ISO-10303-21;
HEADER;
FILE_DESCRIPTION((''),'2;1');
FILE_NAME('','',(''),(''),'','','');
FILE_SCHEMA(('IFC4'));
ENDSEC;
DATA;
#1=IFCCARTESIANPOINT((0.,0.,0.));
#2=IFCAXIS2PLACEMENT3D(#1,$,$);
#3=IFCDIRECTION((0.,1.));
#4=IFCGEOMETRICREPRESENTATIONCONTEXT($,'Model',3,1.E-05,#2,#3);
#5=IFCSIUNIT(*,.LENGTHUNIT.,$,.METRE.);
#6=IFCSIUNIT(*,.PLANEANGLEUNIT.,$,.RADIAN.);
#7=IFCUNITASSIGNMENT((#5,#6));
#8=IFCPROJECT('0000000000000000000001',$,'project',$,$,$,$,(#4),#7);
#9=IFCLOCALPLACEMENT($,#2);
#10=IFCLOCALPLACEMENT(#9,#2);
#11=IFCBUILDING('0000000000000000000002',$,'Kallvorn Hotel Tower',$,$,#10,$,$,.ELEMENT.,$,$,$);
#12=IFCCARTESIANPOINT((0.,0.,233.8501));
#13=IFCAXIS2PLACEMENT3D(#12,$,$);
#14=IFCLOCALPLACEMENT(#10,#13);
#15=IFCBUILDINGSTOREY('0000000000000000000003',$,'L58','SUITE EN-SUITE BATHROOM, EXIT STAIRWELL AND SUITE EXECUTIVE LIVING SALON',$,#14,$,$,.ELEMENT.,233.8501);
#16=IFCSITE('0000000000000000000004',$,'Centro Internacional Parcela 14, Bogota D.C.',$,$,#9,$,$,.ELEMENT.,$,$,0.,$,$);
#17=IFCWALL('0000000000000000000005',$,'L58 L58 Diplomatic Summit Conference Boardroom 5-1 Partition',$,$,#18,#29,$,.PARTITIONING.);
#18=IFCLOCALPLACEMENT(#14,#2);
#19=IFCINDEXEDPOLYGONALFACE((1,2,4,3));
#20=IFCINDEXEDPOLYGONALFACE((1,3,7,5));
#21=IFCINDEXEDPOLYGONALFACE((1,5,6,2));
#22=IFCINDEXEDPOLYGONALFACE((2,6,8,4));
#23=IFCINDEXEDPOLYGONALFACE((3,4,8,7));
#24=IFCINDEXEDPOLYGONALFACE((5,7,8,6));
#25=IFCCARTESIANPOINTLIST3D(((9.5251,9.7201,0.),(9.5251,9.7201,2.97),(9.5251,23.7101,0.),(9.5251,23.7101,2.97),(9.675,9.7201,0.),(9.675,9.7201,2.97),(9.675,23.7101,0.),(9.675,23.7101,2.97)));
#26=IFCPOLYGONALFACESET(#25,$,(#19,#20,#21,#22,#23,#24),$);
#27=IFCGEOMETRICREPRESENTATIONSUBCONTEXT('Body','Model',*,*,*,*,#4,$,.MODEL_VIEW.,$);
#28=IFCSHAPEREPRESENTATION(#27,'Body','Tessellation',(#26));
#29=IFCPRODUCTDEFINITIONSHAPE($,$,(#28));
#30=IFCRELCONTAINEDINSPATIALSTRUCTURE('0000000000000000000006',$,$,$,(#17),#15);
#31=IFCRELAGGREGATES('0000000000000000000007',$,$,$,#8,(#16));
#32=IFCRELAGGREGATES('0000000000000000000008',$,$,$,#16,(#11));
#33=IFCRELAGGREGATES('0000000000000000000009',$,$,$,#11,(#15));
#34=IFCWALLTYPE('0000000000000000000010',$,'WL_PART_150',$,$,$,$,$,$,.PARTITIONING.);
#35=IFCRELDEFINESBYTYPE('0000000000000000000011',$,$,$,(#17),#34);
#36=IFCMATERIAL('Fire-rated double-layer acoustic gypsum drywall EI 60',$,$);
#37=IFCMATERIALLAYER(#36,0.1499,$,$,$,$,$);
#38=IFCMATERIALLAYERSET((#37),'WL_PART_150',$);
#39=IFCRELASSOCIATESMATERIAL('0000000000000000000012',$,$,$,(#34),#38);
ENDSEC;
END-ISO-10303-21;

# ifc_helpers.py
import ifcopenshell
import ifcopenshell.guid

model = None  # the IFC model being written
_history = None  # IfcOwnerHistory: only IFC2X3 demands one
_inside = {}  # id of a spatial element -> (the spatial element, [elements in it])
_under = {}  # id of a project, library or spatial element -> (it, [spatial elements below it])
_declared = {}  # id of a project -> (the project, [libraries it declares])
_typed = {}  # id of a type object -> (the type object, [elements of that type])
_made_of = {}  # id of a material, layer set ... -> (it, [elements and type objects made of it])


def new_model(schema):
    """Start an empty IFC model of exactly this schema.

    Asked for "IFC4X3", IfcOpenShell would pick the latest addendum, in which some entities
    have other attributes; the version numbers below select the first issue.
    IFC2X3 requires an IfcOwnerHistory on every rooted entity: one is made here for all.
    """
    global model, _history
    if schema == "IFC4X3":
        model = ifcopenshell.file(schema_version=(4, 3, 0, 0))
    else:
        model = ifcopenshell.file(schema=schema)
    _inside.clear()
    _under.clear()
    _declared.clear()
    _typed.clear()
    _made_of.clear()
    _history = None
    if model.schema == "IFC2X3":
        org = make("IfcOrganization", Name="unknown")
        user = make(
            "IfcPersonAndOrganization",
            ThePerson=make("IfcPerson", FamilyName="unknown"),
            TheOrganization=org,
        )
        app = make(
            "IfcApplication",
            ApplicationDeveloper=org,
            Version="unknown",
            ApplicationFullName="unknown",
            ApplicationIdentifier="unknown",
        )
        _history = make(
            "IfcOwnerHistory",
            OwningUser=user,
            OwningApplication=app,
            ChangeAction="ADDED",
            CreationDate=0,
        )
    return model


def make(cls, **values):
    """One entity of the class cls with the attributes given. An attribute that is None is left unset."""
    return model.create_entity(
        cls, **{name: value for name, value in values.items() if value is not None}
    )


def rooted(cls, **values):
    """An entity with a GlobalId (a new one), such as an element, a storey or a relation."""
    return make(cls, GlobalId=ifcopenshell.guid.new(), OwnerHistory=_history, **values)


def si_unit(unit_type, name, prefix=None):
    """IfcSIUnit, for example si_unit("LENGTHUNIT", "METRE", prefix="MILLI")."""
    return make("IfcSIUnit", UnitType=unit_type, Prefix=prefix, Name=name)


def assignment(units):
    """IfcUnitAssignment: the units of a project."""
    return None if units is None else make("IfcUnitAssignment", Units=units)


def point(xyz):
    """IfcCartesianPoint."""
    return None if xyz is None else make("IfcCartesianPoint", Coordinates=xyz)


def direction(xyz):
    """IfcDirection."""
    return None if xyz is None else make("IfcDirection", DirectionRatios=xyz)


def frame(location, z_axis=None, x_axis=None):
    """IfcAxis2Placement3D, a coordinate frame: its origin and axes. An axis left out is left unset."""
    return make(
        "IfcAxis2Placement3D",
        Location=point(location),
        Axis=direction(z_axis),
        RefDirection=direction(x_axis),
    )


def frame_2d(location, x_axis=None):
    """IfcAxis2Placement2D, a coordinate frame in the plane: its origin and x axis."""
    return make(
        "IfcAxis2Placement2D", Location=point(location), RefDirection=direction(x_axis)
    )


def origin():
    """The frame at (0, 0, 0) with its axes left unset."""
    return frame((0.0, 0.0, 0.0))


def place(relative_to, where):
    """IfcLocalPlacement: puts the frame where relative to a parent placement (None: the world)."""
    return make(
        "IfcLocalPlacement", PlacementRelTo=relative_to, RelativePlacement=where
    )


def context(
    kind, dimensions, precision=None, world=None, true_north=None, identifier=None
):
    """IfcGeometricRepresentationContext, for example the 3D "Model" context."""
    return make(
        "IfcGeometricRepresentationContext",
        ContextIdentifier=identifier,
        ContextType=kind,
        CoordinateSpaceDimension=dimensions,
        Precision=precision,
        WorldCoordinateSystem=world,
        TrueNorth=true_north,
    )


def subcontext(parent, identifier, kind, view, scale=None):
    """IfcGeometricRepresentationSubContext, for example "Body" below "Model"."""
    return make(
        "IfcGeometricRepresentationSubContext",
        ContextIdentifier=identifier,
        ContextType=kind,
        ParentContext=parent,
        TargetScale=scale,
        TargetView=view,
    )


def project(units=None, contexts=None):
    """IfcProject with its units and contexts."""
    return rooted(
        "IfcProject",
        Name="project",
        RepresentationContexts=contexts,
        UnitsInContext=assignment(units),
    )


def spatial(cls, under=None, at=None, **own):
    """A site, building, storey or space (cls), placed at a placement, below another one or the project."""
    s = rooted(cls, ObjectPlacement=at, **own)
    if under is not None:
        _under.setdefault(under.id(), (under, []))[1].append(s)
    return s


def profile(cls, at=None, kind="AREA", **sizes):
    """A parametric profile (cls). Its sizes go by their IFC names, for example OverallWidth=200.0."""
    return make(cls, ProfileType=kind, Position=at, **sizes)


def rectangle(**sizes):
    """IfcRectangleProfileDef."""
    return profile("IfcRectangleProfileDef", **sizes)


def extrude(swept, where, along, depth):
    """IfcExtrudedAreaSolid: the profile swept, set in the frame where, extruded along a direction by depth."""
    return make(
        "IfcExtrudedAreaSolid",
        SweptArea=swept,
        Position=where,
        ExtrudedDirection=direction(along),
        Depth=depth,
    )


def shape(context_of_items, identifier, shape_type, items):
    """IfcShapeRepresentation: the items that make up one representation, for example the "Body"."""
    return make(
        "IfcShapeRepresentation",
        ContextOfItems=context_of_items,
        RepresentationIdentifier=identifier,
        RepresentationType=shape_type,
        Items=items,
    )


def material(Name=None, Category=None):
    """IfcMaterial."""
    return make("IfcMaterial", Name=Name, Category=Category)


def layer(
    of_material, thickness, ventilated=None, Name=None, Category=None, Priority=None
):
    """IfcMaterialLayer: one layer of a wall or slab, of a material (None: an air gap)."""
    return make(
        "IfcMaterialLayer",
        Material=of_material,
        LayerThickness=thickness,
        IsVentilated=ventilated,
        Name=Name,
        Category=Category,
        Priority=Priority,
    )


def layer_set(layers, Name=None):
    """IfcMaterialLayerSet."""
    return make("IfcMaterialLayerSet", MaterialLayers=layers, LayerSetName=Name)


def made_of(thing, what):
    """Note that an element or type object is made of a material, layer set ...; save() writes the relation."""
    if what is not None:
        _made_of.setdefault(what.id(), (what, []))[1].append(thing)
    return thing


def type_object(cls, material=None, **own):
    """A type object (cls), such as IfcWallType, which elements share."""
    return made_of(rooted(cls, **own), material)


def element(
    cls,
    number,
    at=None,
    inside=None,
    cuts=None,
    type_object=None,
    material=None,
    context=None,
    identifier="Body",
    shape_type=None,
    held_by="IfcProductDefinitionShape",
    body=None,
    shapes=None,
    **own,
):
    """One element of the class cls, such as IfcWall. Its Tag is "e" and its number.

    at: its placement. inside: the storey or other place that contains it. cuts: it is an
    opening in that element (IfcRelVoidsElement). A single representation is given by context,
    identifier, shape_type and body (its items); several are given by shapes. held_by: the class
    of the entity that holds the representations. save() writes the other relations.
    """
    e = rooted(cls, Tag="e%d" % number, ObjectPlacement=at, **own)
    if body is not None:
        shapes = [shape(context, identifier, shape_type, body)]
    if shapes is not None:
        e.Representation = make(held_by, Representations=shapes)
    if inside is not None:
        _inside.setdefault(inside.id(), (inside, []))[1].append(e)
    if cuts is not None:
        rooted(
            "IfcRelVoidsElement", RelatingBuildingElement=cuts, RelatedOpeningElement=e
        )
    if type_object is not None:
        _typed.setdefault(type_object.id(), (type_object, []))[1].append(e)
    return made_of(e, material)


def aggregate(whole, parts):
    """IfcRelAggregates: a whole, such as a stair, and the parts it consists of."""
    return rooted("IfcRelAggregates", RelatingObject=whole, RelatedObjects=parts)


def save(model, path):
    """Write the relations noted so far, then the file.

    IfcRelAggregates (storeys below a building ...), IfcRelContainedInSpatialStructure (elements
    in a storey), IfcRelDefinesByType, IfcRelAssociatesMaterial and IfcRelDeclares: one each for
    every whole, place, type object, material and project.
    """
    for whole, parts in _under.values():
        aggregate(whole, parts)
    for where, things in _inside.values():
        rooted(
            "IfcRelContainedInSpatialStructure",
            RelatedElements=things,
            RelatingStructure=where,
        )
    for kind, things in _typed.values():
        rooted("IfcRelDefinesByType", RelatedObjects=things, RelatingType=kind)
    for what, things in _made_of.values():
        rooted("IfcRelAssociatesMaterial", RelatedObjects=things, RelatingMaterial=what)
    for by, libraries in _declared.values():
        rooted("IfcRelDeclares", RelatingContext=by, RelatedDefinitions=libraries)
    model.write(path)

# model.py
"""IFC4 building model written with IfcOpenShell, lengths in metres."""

from ifc_helpers import new_model, si_unit, direction, frame, frame_2d, origin, place, context, subcontext, project, spatial, rectangle, extrude, material, layer, layer_set, type_object, element, save


model = new_model("IFC4")

# Units and contexts
model_context = context("Model", 3, precision=1e-05, world=origin(), true_north=direction((0.0, 1.0)))
body_context = subcontext(model_context, "Body", "Model", "MODEL_VIEW")
ifc_project = project(units=[si_unit("LENGTHUNIT", "METRE"), si_unit("PLANEANGLEUNIT", "RADIAN")], contexts=[model_context])

# Site, building, storey
site_placement = place(None, origin())
site = spatial("IfcSite", under=ifc_project, at=site_placement, Name="Centro Internacional Parcela 14, Bogota D.C.", CompositionType="ELEMENT", RefElevation=0.0)
building_placement = place(site_placement, origin())
building = spatial("IfcBuilding", under=site, at=building_placement, Name="Kallvorn Hotel Tower", CompositionType="ELEMENT")
storey_placement = place(building_placement, frame((0.0, 0.0, 233.8501)))
storey = spatial("IfcBuildingStorey", under=building, at=storey_placement, Name="L58", Description="SUITE EN-SUITE BATHROOM, EXIT STAIRWELL AND SUITE EXECUTIVE LIVING SALON", CompositionType="ELEMENT", Elevation=233.8501)

# Wall
ifc_material_1 = material(Name="Fire-rated double-layer acoustic gypsum drywall EI 60")
ifc_layer_1 = layer(ifc_material_1, 0.1499)
ifc_layer_set_1 = layer_set([ifc_layer_1], Name="WL_PART_150")
wall_type_1 = type_object("IfcWallType", Name="WL_PART_150", PredefinedType="PARTITIONING", material=ifc_layer_set_1)
wall_1_placement = place(storey_placement, frame((9.6001, 9.72, 0.0), z_axis=(0.0, 0.0, 1.0), x_axis=(0.0, 1.0, 0.0)))
element("IfcWall", 1, at=wall_1_placement, inside=storey, type_object=wall_type_1, Name="L58 L58 Diplomatic Summit Conference Boardroom 5-1 Partition", PredefinedType="PARTITIONING", context=body_context, shape_type="SweptSolid", body=[
    extrude(rectangle(XDim=13.99, YDim=0.1499, at=frame_2d((6.9951, 0.0))), origin(), (0.0, 0.0, 1.0), 2.97),
])

save(model, "model.ifc")
